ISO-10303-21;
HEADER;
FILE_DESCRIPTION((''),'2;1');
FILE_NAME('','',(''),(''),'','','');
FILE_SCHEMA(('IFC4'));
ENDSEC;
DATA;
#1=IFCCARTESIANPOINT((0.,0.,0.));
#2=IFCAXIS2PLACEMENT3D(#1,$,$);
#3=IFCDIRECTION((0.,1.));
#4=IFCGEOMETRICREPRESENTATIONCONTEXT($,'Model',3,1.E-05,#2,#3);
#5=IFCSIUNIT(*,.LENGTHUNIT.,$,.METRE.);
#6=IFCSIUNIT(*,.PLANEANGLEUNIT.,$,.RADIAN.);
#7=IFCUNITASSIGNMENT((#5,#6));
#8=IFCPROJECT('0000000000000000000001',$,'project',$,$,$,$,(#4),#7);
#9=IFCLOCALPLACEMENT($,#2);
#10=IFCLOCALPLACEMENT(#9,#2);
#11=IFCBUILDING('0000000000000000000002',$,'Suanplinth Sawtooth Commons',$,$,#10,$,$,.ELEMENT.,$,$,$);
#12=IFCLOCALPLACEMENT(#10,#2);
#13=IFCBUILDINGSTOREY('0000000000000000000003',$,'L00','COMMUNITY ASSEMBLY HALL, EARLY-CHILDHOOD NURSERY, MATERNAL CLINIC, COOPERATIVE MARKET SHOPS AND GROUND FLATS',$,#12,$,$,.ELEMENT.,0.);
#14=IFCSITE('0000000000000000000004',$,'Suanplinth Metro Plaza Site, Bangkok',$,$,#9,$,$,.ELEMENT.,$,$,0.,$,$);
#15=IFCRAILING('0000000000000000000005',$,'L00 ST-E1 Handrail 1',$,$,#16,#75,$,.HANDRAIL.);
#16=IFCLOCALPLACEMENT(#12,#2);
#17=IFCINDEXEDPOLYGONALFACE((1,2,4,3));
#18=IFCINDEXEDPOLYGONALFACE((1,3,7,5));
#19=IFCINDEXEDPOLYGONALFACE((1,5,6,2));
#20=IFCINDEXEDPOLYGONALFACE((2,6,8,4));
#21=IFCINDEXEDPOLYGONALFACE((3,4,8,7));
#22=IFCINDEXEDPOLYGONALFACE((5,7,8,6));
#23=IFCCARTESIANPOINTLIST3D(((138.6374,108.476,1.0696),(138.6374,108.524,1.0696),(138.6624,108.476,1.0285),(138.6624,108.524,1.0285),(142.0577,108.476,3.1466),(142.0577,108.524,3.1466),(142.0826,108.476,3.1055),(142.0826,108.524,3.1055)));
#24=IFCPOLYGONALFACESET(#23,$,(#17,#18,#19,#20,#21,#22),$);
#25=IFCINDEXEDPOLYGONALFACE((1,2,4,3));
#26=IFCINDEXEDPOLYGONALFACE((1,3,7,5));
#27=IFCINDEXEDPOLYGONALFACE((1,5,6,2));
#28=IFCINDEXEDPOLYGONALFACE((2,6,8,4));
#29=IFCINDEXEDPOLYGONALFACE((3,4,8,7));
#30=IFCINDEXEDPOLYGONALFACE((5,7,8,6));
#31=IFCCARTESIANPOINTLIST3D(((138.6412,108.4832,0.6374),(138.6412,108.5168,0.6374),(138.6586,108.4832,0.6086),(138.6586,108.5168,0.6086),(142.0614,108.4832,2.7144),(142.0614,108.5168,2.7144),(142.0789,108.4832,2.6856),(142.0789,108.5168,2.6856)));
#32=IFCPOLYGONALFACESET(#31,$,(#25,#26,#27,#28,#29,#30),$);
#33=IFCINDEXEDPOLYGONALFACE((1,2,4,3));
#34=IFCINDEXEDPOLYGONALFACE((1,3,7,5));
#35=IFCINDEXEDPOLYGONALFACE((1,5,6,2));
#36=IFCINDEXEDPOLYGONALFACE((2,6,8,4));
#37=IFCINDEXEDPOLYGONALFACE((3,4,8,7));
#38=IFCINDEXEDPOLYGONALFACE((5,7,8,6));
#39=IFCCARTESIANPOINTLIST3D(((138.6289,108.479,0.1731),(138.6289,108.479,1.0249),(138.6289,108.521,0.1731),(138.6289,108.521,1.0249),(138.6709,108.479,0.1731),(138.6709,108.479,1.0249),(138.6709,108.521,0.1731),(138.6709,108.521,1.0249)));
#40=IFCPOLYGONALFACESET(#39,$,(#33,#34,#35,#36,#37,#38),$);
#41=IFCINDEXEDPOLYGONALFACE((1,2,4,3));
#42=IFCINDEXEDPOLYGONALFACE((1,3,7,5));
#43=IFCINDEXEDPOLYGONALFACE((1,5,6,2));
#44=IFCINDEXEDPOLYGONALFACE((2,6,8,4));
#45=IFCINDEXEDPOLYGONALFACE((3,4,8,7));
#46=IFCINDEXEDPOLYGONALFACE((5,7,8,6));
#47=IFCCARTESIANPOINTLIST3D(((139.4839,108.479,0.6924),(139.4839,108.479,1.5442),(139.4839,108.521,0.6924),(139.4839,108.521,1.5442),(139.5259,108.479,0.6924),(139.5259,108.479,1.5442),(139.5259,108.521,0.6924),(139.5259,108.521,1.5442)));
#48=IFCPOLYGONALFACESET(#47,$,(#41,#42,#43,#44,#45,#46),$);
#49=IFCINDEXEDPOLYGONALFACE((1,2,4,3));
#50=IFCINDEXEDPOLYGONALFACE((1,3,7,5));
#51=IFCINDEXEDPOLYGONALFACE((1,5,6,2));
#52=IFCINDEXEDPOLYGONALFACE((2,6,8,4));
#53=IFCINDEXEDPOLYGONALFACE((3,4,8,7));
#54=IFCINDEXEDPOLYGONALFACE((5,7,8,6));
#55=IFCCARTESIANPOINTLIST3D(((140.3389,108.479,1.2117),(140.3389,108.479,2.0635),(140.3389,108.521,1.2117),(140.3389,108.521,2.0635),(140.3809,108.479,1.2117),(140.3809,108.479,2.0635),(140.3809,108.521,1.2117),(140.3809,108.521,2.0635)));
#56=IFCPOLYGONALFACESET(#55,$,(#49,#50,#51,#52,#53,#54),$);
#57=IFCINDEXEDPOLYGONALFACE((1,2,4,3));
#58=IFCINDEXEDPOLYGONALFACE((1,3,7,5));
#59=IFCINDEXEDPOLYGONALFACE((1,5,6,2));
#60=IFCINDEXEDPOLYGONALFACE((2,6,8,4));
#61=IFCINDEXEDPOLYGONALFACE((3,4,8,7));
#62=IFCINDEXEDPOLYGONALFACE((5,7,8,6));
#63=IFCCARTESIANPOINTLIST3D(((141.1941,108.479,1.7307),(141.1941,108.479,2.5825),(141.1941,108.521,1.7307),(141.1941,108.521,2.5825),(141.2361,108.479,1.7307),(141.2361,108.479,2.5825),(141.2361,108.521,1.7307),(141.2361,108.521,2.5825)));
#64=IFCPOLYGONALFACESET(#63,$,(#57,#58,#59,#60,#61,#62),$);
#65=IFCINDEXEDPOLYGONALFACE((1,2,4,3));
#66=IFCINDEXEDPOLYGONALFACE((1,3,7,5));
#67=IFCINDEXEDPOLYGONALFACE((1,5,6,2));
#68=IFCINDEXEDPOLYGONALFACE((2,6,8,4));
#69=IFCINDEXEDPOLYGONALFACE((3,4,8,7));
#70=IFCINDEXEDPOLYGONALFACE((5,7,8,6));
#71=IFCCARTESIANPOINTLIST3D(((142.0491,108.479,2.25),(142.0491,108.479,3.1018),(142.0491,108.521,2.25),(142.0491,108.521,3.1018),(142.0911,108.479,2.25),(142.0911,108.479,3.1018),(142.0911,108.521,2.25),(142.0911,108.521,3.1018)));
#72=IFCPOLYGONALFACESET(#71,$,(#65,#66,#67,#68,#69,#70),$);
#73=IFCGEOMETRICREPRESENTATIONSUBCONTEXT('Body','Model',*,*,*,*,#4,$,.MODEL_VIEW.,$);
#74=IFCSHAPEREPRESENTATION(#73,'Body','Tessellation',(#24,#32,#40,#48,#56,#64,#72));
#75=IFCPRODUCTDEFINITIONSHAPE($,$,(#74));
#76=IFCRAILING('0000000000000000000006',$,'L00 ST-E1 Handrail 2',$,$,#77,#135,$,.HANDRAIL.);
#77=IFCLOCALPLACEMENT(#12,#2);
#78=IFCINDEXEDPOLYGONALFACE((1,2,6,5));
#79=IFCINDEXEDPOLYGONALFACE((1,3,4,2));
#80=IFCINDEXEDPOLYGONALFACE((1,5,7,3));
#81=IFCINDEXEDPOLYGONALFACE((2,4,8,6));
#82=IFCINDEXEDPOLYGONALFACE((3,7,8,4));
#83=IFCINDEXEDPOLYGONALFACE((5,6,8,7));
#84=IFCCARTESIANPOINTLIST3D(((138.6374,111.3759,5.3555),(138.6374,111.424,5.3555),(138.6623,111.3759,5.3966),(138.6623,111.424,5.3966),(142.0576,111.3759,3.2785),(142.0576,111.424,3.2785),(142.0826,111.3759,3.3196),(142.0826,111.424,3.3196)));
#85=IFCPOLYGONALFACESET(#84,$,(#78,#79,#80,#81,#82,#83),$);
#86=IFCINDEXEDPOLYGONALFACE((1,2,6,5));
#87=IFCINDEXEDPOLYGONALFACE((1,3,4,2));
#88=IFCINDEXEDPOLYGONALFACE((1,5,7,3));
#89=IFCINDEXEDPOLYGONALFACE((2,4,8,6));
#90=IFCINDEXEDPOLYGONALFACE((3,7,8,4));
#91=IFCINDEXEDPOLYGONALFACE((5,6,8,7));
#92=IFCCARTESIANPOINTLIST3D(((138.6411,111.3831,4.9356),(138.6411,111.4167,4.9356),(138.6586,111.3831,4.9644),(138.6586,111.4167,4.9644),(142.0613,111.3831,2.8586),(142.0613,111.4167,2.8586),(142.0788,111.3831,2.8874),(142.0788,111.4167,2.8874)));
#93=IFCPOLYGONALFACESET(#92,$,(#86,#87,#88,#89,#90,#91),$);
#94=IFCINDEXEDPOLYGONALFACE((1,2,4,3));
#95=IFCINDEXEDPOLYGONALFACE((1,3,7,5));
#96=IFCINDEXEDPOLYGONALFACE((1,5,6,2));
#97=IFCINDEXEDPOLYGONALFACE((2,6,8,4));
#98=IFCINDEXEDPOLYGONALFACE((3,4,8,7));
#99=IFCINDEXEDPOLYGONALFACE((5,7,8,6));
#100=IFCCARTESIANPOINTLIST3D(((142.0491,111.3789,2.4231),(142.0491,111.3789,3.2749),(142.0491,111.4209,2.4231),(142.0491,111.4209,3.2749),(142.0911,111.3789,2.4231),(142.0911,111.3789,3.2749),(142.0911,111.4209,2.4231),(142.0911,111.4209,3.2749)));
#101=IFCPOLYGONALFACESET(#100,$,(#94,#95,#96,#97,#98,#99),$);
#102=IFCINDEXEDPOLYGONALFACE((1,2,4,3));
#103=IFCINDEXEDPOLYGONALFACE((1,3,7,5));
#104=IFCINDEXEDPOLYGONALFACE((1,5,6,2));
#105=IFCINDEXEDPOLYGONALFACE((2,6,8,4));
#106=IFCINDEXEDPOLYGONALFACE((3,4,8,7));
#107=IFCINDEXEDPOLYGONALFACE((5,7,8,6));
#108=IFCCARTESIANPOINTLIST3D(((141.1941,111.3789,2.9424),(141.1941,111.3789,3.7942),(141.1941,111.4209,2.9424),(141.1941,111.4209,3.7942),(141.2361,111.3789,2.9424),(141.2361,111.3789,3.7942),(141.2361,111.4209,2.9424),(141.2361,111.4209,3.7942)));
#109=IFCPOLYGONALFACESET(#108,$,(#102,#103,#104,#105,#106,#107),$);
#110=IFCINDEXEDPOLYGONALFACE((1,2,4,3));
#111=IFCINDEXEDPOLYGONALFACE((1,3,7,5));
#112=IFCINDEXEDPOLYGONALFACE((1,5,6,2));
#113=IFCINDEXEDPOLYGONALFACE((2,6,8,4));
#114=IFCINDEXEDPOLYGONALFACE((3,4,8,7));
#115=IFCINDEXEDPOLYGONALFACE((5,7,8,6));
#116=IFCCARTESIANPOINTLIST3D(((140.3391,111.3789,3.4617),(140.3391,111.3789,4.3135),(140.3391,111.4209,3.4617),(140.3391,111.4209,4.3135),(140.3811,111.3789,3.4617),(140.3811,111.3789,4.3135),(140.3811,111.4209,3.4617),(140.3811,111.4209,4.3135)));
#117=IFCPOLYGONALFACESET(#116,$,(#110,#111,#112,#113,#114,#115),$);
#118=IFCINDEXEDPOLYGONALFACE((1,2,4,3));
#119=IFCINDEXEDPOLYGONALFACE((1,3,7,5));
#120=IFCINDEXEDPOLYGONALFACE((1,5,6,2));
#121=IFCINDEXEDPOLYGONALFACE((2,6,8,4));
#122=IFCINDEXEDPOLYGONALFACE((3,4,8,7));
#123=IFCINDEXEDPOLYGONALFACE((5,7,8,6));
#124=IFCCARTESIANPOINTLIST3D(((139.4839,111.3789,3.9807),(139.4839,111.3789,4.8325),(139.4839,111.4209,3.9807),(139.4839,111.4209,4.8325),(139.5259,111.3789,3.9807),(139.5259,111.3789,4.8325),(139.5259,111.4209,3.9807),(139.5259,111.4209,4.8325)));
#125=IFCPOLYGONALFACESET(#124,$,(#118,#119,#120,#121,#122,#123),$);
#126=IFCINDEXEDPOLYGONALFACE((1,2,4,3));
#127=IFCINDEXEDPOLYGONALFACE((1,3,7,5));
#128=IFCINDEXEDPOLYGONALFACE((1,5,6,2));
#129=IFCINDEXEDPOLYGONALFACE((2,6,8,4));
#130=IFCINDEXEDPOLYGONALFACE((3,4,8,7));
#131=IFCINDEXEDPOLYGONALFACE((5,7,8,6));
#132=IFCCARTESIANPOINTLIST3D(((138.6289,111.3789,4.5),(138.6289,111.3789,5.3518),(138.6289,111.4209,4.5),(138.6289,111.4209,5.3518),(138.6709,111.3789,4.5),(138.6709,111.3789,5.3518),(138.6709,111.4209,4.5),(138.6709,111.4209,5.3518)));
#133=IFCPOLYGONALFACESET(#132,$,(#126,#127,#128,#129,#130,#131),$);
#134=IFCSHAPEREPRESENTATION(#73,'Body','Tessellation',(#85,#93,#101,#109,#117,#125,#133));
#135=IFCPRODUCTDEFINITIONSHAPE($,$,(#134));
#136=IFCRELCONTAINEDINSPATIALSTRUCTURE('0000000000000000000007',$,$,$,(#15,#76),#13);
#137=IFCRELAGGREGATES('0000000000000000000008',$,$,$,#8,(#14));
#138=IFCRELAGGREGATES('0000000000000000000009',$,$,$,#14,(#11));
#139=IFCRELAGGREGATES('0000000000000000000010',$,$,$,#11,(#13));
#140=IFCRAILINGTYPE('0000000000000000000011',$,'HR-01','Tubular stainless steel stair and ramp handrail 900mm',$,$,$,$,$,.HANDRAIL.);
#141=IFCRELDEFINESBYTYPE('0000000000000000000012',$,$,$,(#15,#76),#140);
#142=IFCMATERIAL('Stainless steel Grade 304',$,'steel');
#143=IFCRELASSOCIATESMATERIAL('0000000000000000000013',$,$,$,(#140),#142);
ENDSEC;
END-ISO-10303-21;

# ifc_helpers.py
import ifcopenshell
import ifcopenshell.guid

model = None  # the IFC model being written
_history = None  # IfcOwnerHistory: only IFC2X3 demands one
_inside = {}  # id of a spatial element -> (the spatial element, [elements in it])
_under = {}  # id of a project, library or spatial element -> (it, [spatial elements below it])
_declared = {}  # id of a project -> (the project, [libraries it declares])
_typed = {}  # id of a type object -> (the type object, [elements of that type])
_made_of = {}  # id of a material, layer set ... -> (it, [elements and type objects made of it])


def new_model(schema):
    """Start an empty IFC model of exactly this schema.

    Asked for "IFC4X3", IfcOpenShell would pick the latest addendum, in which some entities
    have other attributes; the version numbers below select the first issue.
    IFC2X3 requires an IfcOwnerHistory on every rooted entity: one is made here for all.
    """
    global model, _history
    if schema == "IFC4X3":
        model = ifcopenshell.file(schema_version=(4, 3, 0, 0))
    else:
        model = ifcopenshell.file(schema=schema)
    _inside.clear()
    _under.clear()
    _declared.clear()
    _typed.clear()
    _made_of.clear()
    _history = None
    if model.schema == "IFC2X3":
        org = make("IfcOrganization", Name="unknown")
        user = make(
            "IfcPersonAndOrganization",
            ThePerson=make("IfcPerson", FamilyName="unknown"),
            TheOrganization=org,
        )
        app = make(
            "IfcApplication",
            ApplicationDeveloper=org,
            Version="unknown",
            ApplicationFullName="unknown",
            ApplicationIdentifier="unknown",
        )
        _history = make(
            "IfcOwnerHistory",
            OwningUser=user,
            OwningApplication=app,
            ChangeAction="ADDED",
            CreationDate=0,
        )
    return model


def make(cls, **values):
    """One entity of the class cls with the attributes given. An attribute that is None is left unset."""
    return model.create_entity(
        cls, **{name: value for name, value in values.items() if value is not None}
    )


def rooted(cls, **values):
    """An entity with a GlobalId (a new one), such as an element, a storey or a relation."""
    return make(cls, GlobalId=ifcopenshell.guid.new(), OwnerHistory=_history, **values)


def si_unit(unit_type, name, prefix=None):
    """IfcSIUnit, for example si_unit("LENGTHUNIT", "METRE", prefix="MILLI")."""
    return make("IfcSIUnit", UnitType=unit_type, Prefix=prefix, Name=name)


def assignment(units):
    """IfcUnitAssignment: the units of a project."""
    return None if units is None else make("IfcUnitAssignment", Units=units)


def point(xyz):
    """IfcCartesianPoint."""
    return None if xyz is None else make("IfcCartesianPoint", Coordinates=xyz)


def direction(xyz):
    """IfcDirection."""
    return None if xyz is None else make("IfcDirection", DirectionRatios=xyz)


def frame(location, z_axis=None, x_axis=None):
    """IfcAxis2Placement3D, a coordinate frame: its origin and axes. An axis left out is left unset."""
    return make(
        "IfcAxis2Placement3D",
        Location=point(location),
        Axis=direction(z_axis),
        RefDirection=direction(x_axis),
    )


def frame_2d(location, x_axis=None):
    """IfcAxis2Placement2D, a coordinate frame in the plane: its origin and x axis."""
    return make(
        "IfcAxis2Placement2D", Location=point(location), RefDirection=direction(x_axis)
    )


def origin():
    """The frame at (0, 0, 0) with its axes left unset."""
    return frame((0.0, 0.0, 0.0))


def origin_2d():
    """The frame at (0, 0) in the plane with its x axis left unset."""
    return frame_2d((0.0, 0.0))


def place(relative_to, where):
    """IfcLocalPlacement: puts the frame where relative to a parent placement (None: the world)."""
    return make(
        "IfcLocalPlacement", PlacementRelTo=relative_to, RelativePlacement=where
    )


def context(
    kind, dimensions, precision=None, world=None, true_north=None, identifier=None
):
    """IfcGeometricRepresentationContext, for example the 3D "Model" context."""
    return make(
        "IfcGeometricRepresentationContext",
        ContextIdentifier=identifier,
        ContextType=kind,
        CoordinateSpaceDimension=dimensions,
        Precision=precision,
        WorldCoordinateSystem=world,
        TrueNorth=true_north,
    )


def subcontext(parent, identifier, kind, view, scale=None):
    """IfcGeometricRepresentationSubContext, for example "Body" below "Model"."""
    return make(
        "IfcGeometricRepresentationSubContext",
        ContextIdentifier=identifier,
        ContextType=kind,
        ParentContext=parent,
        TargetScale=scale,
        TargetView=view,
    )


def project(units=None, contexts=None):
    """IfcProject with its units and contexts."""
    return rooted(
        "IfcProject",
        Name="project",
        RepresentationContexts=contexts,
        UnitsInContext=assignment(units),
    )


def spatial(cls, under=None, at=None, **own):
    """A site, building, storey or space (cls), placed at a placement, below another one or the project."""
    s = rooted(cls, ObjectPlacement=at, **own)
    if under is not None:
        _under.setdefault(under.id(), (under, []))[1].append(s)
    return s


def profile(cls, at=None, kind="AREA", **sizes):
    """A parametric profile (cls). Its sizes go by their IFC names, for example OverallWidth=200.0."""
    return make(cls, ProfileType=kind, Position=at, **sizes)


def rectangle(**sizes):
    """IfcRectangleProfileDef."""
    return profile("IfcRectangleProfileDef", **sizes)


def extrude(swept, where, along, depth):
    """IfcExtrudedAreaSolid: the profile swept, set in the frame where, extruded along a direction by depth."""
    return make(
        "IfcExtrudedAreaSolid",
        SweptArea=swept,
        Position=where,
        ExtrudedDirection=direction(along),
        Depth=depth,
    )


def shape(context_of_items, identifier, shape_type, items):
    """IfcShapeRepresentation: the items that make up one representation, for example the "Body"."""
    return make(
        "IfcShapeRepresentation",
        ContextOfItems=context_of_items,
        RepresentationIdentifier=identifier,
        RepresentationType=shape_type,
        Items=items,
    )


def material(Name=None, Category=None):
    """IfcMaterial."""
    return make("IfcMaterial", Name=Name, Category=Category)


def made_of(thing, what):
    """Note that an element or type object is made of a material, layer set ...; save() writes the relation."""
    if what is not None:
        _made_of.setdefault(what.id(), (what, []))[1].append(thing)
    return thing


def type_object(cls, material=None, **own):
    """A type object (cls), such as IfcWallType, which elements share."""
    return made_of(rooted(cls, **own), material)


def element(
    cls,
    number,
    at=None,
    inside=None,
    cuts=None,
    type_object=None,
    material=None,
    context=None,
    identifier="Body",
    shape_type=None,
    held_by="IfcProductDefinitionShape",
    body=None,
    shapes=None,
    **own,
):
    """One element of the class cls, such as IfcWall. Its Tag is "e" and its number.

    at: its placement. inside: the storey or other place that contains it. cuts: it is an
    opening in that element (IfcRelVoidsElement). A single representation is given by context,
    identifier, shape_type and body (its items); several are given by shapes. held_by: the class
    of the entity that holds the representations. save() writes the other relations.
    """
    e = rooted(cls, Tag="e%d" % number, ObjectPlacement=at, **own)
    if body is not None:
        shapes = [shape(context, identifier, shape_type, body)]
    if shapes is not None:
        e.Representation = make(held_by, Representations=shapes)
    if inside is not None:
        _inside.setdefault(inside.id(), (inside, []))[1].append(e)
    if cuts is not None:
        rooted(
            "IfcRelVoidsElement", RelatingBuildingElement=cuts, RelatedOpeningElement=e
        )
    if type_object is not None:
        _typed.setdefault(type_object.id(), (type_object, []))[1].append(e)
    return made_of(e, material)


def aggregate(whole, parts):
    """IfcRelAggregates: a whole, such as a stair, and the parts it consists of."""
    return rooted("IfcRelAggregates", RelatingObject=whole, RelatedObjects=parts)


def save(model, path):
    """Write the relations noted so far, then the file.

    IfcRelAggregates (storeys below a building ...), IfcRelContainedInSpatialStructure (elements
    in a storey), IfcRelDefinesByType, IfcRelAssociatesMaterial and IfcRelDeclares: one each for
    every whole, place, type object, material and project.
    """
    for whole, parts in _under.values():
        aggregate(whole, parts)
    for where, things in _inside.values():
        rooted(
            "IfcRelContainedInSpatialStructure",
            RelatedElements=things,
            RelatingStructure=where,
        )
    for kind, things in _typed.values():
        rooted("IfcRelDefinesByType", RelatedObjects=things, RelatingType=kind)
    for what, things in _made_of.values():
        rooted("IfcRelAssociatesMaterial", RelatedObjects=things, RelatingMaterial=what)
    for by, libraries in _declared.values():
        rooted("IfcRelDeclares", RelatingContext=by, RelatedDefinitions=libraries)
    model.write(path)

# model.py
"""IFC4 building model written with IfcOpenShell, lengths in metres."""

from ifc_helpers import new_model, si_unit, direction, frame, origin, origin_2d, place, context, subcontext, project, spatial, rectangle, extrude, material, type_object, element, save


model = new_model("IFC4")

# Units and contexts
model_context = context("Model", 3, precision=1e-05, world=origin(), true_north=direction((0.0, 1.0)))
body_context = subcontext(model_context, "Body", "Model", "MODEL_VIEW")
ifc_project = project(units=[si_unit("LENGTHUNIT", "METRE"), si_unit("PLANEANGLEUNIT", "RADIAN")], contexts=[model_context])

# Site, building, storey
site_placement = place(None, origin())
site = spatial("IfcSite", under=ifc_project, at=site_placement, Name="Suanplinth Metro Plaza Site, Bangkok", CompositionType="ELEMENT", RefElevation=0.0)
building_placement = place(site_placement, origin())
building = spatial("IfcBuilding", under=site, at=building_placement, Name="Suanplinth Sawtooth Commons", CompositionType="ELEMENT")
storey_placement = place(building_placement, origin())
storey = spatial("IfcBuildingStorey", under=building, at=storey_placement, Name="L00", Description="COMMUNITY ASSEMBLY HALL, EARLY-CHILDHOOD NURSERY, MATERNAL CLINIC, COOPERATIVE MARKET SHOPS AND GROUND FLATS", CompositionType="ELEMENT", Elevation=0.0)

# Shared definitions
ifc_material_1 = material(Name="Stainless steel Grade 304", Category="steel")

# Railings
railing_type_1 = type_object("IfcRailingType", Name="HR-01", Description="Tubular stainless steel stair and ramp handrail 900mm", PredefinedType="HANDRAIL", material=ifc_material_1)
railing_1_placement = place(storey_placement, frame((138.6499, 108.5, 0.1731)))
element("IfcRailing", 1, at=railing_1_placement, inside=storey, type_object=railing_type_1, Name="L00 ST-E1 Handrail 1", PredefinedType="HANDRAIL", context=body_context, shape_type="SweptSolid", body=[
    extrude(rectangle(XDim=0.0481, YDim=0.0481, at=origin_2d()), frame((0.0, 0.0, 0.876), z_axis=(0.854746, 0.0, 0.519047), x_axis=(0.0, 1.0, 0.0)), (0.0, 0.0, 1.0), 4.0015),
    extrude(rectangle(XDim=0.0337, YDim=0.0337, at=origin_2d()), frame((0.0, 0.0, 0.45), z_axis=(0.854746, 0.0, 0.519047), x_axis=(0.0, 1.0, 0.0)), (0.0, 0.0, 1.0), 4.0015),
    extrude(rectangle(XDim=0.042, YDim=0.042, at=origin_2d()), origin(), (0.0, 0.0, 1.0), 0.8518),
    extrude(rectangle(XDim=0.042, YDim=0.042, at=origin_2d()), frame((0.855, 0.0, 0.5193)), (0.0, 0.0, 1.0), 0.8518),
    extrude(rectangle(XDim=0.042, YDim=0.042, at=origin_2d()), frame((1.71, 0.0, 1.0386)), (0.0, 0.0, 1.0), 0.8518),
    extrude(rectangle(XDim=0.042, YDim=0.042, at=origin_2d()), frame((2.5652, 0.0, 1.5576)), (0.0, 0.0, 1.0), 0.8518),
    extrude(rectangle(XDim=0.042, YDim=0.042, at=origin_2d()), frame((3.4202, 0.0, 2.0769)), (0.0, 0.0, 1.0), 0.8518),
])
railing_2_placement = place(storey_placement, frame((142.0701, 111.3999, 2.4231)))
element("IfcRailing", 2, at=railing_2_placement, inside=storey, type_object=railing_type_1, Name="L00 ST-E1 Handrail 2", PredefinedType="HANDRAIL", context=body_context, shape_type="SweptSolid", body=[
    extrude(rectangle(XDim=0.0481, YDim=0.0481, at=origin_2d()), frame((0.0, 0.0, 0.876), z_axis=(-0.854746, 0.0, 0.519047), x_axis=(0.0, -1.0, 0.0)), (0.0, 0.0, 1.0), 4.0015),
    extrude(rectangle(XDim=0.0337, YDim=0.0337, at=origin_2d()), frame((0.0, 0.0, 0.45), z_axis=(-0.854746, 0.0, 0.519047), x_axis=(0.0, -1.0, 0.0)), (0.0, 0.0, 1.0), 4.0015),
    extrude(rectangle(XDim=0.042, YDim=0.042, at=origin_2d()), origin(), (0.0, 0.0, 1.0), 0.8518),
    extrude(rectangle(XDim=0.042, YDim=0.042, at=origin_2d()), frame((-0.855, 0.0, 0.5193)), (0.0, 0.0, 1.0), 0.8518),
    extrude(rectangle(XDim=0.042, YDim=0.042, at=origin_2d()), frame((-1.71, 0.0, 1.0386)), (0.0, 0.0, 1.0), 0.8518),
    extrude(rectangle(XDim=0.042, YDim=0.042, at=origin_2d()), frame((-2.5652, 0.0, 1.5576)), (0.0, 0.0, 1.0), 0.8518),
    extrude(rectangle(XDim=0.042, YDim=0.042, at=origin_2d()), frame((-3.4202, 0.0, 2.0769)), (0.0, 0.0, 1.0), 0.8518),
])

save(model, "model.ifc")
